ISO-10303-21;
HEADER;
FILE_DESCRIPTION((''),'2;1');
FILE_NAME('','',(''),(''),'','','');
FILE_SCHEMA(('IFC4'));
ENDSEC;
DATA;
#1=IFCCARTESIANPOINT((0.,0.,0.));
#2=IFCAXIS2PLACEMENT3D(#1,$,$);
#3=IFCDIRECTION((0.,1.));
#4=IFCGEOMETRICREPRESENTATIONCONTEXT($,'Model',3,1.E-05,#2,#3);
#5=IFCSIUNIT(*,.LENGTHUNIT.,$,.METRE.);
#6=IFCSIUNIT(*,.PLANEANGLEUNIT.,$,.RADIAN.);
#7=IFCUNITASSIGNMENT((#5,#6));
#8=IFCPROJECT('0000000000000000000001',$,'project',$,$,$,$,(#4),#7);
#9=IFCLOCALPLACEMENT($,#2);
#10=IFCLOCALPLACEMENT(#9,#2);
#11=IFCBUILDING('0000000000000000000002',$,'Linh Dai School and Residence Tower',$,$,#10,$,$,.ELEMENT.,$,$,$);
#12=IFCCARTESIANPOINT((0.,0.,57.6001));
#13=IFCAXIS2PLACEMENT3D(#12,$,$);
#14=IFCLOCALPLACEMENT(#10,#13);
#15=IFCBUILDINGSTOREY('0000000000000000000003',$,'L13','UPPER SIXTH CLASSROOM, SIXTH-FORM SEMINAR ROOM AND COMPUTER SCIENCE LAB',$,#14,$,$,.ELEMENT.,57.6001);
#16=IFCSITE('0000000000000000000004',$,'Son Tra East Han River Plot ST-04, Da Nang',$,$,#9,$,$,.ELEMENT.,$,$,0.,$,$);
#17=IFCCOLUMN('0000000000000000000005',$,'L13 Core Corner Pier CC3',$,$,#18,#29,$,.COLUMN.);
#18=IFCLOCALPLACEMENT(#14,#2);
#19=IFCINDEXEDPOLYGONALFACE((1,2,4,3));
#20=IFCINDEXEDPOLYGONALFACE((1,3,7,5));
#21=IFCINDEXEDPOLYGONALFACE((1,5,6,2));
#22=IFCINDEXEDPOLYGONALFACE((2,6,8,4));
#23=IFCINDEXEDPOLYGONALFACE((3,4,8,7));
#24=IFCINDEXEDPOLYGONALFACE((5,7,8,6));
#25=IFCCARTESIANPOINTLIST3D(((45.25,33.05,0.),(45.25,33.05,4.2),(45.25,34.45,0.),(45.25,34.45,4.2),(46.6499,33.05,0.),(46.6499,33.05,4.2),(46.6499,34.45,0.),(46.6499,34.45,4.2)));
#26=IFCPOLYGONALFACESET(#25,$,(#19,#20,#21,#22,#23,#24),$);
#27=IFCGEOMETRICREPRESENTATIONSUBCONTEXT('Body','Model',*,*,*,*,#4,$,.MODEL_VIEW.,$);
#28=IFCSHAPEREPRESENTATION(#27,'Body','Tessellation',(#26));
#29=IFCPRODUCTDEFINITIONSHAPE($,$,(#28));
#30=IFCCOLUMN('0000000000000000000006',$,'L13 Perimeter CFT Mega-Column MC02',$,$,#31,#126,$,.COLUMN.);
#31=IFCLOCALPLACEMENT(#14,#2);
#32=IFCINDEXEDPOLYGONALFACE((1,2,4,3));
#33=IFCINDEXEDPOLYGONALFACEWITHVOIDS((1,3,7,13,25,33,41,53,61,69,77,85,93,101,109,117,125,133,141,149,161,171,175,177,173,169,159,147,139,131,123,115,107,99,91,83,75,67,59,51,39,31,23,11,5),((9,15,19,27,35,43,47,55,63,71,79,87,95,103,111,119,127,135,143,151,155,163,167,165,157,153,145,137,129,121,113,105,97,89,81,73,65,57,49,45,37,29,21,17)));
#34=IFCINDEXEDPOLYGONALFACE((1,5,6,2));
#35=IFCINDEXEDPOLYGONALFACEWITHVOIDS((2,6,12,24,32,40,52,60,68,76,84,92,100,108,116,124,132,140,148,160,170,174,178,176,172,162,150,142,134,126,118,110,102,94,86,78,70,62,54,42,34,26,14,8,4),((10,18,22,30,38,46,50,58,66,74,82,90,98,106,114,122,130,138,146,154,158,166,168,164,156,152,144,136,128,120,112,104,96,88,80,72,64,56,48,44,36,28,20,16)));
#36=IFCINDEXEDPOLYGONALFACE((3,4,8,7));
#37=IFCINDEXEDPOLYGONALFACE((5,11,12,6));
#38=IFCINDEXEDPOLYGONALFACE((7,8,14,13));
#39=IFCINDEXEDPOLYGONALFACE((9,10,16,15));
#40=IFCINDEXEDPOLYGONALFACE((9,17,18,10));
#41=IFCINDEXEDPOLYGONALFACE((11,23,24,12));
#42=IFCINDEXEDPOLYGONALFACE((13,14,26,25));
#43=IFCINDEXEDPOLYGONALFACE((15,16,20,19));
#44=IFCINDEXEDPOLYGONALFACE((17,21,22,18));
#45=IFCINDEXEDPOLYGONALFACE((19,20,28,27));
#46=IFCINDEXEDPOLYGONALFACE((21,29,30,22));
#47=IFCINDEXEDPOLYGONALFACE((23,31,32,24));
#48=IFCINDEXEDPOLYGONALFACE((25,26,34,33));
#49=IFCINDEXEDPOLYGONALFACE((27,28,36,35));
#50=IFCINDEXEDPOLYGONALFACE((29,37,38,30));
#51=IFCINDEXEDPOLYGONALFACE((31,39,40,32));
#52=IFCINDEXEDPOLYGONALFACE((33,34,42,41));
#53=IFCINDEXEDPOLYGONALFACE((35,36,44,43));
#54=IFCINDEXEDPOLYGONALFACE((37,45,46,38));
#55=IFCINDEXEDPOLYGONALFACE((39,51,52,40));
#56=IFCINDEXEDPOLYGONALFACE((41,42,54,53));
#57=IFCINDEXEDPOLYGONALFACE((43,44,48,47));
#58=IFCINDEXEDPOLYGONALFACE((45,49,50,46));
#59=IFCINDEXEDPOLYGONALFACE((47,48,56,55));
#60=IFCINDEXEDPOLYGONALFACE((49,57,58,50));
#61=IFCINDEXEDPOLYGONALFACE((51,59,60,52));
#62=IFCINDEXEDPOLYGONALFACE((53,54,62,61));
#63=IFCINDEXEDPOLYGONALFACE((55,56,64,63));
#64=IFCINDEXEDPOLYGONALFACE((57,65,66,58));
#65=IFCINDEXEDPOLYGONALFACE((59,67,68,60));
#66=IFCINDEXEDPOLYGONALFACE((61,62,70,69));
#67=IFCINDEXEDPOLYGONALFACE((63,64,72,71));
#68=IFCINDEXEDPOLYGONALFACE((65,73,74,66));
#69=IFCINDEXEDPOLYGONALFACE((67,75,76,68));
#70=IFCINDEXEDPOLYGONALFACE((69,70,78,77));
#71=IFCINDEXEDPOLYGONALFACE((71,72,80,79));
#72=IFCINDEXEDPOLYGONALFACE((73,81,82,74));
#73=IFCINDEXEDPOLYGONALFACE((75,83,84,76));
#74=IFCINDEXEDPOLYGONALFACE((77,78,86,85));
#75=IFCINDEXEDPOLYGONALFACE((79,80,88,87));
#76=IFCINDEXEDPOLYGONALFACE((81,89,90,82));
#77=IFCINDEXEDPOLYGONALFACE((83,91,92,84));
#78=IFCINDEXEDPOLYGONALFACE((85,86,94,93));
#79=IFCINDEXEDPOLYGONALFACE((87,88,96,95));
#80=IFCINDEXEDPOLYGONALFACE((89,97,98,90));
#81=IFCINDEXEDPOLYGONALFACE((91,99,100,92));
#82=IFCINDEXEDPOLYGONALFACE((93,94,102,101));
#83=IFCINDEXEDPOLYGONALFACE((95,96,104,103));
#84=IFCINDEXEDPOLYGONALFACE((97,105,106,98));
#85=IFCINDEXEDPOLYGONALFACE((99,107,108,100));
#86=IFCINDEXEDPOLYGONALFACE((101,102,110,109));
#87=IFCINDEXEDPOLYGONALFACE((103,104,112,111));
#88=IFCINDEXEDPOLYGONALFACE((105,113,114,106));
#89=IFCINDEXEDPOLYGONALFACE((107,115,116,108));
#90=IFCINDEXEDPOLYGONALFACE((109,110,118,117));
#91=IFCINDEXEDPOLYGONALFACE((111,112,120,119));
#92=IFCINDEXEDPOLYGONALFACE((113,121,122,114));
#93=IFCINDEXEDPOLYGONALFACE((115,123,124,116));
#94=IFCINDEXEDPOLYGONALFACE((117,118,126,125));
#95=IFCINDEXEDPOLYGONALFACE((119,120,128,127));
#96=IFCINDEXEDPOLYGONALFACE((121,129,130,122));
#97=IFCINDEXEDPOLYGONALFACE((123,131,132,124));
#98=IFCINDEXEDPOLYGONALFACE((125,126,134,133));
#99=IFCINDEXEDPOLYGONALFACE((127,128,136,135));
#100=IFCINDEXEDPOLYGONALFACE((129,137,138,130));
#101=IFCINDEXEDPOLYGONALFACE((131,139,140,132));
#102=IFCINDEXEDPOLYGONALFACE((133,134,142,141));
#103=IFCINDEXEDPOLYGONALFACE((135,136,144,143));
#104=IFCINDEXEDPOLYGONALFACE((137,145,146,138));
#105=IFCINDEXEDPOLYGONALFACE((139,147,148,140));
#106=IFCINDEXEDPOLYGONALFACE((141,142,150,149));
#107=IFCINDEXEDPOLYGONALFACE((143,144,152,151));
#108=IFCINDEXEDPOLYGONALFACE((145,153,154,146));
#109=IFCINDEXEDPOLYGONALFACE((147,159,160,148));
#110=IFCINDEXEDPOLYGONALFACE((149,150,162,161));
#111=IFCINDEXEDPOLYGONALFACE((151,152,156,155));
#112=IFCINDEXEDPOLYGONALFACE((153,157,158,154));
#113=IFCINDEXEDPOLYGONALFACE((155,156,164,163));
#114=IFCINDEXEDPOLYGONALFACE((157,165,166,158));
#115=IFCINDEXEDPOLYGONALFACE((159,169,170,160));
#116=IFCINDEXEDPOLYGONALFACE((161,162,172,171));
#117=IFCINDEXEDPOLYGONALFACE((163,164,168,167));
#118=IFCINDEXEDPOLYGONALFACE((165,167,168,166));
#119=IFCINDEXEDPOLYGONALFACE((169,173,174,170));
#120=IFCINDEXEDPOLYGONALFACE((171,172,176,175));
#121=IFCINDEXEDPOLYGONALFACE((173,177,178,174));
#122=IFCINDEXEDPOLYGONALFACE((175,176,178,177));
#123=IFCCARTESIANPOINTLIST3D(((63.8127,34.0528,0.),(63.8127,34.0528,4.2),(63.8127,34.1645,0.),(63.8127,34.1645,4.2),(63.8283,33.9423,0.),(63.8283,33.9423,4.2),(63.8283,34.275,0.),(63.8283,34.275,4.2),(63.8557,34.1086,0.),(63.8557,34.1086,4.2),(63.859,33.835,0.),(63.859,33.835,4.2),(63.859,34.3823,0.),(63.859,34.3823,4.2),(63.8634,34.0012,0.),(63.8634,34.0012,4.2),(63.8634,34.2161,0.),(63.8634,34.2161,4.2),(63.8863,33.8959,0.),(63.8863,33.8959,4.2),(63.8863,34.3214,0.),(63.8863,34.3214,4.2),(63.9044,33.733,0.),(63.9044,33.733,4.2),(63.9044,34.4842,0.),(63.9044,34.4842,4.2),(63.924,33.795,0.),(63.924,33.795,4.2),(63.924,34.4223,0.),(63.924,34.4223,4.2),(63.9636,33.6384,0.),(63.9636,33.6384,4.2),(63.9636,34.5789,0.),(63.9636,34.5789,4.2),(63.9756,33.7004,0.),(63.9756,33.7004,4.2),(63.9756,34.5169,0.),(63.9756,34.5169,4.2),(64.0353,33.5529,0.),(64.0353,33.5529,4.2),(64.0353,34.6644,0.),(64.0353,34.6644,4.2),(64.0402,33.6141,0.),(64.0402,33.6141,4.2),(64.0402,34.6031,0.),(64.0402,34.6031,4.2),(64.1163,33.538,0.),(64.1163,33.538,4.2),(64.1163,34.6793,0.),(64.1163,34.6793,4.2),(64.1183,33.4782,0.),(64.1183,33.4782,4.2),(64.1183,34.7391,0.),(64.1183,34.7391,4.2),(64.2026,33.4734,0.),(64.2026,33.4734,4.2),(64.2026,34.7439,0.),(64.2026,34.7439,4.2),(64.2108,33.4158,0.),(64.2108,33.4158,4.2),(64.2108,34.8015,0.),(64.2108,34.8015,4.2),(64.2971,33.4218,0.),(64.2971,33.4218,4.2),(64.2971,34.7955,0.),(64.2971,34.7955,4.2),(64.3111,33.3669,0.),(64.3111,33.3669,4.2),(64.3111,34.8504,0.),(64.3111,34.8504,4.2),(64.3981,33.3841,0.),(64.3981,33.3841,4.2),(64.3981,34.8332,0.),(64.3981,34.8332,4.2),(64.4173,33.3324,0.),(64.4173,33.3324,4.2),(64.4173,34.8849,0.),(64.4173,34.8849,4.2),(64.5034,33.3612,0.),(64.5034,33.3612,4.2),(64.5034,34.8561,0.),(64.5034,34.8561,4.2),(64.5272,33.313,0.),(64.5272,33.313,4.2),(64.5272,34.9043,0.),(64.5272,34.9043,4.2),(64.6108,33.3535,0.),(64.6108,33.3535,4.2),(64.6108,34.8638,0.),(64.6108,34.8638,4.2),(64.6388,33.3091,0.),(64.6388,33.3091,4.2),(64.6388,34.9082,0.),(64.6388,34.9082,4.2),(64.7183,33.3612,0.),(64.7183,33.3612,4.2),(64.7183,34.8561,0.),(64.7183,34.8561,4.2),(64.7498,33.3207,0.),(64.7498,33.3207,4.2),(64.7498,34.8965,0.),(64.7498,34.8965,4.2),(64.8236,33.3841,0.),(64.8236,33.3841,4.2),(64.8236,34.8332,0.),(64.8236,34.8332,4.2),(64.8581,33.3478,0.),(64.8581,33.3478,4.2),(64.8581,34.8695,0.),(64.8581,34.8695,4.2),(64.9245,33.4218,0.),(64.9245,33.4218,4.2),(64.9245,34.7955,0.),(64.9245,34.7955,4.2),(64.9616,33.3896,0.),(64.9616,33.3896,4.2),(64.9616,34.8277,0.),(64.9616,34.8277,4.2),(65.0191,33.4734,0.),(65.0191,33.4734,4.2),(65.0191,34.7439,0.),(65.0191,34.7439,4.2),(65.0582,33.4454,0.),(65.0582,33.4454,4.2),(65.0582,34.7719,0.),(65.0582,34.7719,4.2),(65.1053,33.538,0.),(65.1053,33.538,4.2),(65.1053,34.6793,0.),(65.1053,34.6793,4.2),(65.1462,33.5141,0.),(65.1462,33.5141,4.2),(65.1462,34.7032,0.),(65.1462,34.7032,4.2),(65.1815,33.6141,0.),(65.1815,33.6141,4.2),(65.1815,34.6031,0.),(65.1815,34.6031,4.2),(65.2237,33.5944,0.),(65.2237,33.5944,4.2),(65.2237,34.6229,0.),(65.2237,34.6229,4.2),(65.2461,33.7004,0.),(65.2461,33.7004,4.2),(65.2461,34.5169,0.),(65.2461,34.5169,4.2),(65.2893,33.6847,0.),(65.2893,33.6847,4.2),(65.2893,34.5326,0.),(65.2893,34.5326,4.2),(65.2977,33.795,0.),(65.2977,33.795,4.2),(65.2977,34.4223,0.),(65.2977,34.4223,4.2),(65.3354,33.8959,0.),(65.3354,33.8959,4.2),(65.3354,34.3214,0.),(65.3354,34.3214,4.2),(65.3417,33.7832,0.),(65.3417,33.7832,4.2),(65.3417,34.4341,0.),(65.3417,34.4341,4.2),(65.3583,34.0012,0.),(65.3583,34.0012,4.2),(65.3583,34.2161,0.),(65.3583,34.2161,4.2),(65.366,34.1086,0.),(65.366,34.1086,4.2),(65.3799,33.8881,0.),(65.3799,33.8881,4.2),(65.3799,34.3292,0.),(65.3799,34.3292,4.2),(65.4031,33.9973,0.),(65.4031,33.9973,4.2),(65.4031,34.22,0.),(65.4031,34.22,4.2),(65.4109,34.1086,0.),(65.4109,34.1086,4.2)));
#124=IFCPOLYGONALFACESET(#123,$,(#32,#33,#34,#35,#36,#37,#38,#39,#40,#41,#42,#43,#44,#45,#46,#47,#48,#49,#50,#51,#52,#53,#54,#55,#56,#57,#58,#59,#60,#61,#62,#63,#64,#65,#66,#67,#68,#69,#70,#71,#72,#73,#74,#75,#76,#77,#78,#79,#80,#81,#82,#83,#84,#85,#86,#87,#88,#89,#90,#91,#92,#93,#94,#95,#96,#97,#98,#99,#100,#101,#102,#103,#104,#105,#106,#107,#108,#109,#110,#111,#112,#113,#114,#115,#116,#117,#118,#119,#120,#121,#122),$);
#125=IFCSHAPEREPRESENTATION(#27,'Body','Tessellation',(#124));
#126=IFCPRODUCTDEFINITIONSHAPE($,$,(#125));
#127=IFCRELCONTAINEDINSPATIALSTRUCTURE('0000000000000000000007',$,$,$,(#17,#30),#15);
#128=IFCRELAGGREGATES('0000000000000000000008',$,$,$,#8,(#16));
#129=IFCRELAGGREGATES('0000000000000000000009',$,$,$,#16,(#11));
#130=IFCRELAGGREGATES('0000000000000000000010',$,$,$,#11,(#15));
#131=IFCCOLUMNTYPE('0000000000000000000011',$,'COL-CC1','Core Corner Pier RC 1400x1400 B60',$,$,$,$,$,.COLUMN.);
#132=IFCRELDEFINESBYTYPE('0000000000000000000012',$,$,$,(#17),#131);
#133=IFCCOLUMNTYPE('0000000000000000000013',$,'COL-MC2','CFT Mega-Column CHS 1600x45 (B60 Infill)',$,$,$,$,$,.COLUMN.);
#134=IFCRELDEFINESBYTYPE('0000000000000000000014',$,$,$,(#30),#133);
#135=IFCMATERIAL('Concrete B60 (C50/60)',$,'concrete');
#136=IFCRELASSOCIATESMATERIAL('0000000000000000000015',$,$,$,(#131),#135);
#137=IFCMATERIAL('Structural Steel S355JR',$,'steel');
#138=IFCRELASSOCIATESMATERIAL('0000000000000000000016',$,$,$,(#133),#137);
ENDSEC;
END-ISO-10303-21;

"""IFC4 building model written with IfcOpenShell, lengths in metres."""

from ifc_helpers import new_model, si_unit, direction, frame, origin, origin_2d, place, context, subcontext, project, spatial, rectangle, hollow_circle, extrude, material, material_profile, profile_set, type_object, element, save


model = new_model("IFC4")

# Units and contexts
model_context = context("Model", 3, precision=1e-05, world=origin(), true_north=direction((0.0, 1.0)))
body_context = subcontext(model_context, "Body", "Model", "MODEL_VIEW")
ifc_project = project(units=[si_unit("LENGTHUNIT", "METRE"), si_unit("PLANEANGLEUNIT", "RADIAN")], contexts=[model_context])

# Site, building, storey
site_placement = place(None, origin())
site = spatial("IfcSite", under=ifc_project, at=site_placement, Name="Son Tra East Han River Plot ST-04, Da Nang", CompositionType="ELEMENT", RefElevation=0.0)
building_placement = place(site_placement, origin())
building = spatial("IfcBuilding", under=site, at=building_placement, Name="Linh Dai School and Residence Tower", CompositionType="ELEMENT")
storey_placement = place(building_placement, frame((0.0, 0.0, 57.6001)))
storey = spatial("IfcBuildingStorey", under=building, at=storey_placement, Name="L13", Description="UPPER SIXTH CLASSROOM, SIXTH-FORM SEMINAR ROOM AND COMPUTER SCIENCE LAB", CompositionType="ELEMENT", Elevation=57.6001)

# Columns
ifc_material_1 = material(Name="Concrete B60 (C50/60)", Category="concrete")
ifc_material_profile_1 = material_profile(ifc_material_1, rectangle(XDim=1.3999, YDim=1.3999, at=origin_2d()), Name="RC 1400x1400")
ifc_profile_set_1 = profile_set([ifc_material_profile_1], Name="Concrete B60 (C50/60)")
column_type_1 = type_object("IfcColumnType", Name="COL-CC1", Description="Core Corner Pier RC 1400x1400 B60", PredefinedType="COLUMN", material=ifc_profile_set_1)
column_placement = place(storey_placement, frame((45.95, 33.75, 0.0), z_axis=(0.0, 0.0, 1.0), x_axis=(1.0, 0.0, 0.0)))
element("IfcColumn", 1, at=column_placement, inside=storey, type_object=column_type_1, Name="L13 Core Corner Pier CC3", PredefinedType="COLUMN", context=body_context, shape_type="SweptSolid", body=[
    extrude(rectangle(XDim=1.3999, YDim=1.3999, at=origin_2d()), origin(), (0.0, 0.0, 1.0), 4.2),
])
ifc_material_2 = material(Name="Structural Steel S355JR", Category="steel")
ifc_material_profile_2 = material_profile(ifc_material_2, hollow_circle(Radius=0.8, WallThickness=0.0449, at=origin_2d()), Name="CHS 1600x45")
ifc_profile_set_2 = profile_set([ifc_material_profile_2], Name="Structural Steel S355JR")
column_type_2 = type_object("IfcColumnType", Name="COL-MC2", Description="CFT Mega-Column CHS 1600x45 (B60 Infill)", PredefinedType="COLUMN", material=ifc_profile_set_2)
for number, where, z_axis, x_axis, name in (
    (2, (64.6108, 34.1086, 0.0), (0.0, 0.0, 1.0), (1.0, 0.0, 0.0), "L13 Perimeter CFT Mega-Column MC02"),
):
    element("IfcColumn", number, at=place(storey_placement, frame(where, z_axis=z_axis, x_axis=x_axis)), inside=storey, type_object=column_type_2, Name=name, PredefinedType="COLUMN", context=body_context, shape_type="SweptSolid", body=[
        extrude(hollow_circle(Radius=0.8, WallThickness=0.0449, at=origin_2d()), origin(), (0.0, 0.0, 1.0), 4.2),
    ])

save(model, "model.ifc")
